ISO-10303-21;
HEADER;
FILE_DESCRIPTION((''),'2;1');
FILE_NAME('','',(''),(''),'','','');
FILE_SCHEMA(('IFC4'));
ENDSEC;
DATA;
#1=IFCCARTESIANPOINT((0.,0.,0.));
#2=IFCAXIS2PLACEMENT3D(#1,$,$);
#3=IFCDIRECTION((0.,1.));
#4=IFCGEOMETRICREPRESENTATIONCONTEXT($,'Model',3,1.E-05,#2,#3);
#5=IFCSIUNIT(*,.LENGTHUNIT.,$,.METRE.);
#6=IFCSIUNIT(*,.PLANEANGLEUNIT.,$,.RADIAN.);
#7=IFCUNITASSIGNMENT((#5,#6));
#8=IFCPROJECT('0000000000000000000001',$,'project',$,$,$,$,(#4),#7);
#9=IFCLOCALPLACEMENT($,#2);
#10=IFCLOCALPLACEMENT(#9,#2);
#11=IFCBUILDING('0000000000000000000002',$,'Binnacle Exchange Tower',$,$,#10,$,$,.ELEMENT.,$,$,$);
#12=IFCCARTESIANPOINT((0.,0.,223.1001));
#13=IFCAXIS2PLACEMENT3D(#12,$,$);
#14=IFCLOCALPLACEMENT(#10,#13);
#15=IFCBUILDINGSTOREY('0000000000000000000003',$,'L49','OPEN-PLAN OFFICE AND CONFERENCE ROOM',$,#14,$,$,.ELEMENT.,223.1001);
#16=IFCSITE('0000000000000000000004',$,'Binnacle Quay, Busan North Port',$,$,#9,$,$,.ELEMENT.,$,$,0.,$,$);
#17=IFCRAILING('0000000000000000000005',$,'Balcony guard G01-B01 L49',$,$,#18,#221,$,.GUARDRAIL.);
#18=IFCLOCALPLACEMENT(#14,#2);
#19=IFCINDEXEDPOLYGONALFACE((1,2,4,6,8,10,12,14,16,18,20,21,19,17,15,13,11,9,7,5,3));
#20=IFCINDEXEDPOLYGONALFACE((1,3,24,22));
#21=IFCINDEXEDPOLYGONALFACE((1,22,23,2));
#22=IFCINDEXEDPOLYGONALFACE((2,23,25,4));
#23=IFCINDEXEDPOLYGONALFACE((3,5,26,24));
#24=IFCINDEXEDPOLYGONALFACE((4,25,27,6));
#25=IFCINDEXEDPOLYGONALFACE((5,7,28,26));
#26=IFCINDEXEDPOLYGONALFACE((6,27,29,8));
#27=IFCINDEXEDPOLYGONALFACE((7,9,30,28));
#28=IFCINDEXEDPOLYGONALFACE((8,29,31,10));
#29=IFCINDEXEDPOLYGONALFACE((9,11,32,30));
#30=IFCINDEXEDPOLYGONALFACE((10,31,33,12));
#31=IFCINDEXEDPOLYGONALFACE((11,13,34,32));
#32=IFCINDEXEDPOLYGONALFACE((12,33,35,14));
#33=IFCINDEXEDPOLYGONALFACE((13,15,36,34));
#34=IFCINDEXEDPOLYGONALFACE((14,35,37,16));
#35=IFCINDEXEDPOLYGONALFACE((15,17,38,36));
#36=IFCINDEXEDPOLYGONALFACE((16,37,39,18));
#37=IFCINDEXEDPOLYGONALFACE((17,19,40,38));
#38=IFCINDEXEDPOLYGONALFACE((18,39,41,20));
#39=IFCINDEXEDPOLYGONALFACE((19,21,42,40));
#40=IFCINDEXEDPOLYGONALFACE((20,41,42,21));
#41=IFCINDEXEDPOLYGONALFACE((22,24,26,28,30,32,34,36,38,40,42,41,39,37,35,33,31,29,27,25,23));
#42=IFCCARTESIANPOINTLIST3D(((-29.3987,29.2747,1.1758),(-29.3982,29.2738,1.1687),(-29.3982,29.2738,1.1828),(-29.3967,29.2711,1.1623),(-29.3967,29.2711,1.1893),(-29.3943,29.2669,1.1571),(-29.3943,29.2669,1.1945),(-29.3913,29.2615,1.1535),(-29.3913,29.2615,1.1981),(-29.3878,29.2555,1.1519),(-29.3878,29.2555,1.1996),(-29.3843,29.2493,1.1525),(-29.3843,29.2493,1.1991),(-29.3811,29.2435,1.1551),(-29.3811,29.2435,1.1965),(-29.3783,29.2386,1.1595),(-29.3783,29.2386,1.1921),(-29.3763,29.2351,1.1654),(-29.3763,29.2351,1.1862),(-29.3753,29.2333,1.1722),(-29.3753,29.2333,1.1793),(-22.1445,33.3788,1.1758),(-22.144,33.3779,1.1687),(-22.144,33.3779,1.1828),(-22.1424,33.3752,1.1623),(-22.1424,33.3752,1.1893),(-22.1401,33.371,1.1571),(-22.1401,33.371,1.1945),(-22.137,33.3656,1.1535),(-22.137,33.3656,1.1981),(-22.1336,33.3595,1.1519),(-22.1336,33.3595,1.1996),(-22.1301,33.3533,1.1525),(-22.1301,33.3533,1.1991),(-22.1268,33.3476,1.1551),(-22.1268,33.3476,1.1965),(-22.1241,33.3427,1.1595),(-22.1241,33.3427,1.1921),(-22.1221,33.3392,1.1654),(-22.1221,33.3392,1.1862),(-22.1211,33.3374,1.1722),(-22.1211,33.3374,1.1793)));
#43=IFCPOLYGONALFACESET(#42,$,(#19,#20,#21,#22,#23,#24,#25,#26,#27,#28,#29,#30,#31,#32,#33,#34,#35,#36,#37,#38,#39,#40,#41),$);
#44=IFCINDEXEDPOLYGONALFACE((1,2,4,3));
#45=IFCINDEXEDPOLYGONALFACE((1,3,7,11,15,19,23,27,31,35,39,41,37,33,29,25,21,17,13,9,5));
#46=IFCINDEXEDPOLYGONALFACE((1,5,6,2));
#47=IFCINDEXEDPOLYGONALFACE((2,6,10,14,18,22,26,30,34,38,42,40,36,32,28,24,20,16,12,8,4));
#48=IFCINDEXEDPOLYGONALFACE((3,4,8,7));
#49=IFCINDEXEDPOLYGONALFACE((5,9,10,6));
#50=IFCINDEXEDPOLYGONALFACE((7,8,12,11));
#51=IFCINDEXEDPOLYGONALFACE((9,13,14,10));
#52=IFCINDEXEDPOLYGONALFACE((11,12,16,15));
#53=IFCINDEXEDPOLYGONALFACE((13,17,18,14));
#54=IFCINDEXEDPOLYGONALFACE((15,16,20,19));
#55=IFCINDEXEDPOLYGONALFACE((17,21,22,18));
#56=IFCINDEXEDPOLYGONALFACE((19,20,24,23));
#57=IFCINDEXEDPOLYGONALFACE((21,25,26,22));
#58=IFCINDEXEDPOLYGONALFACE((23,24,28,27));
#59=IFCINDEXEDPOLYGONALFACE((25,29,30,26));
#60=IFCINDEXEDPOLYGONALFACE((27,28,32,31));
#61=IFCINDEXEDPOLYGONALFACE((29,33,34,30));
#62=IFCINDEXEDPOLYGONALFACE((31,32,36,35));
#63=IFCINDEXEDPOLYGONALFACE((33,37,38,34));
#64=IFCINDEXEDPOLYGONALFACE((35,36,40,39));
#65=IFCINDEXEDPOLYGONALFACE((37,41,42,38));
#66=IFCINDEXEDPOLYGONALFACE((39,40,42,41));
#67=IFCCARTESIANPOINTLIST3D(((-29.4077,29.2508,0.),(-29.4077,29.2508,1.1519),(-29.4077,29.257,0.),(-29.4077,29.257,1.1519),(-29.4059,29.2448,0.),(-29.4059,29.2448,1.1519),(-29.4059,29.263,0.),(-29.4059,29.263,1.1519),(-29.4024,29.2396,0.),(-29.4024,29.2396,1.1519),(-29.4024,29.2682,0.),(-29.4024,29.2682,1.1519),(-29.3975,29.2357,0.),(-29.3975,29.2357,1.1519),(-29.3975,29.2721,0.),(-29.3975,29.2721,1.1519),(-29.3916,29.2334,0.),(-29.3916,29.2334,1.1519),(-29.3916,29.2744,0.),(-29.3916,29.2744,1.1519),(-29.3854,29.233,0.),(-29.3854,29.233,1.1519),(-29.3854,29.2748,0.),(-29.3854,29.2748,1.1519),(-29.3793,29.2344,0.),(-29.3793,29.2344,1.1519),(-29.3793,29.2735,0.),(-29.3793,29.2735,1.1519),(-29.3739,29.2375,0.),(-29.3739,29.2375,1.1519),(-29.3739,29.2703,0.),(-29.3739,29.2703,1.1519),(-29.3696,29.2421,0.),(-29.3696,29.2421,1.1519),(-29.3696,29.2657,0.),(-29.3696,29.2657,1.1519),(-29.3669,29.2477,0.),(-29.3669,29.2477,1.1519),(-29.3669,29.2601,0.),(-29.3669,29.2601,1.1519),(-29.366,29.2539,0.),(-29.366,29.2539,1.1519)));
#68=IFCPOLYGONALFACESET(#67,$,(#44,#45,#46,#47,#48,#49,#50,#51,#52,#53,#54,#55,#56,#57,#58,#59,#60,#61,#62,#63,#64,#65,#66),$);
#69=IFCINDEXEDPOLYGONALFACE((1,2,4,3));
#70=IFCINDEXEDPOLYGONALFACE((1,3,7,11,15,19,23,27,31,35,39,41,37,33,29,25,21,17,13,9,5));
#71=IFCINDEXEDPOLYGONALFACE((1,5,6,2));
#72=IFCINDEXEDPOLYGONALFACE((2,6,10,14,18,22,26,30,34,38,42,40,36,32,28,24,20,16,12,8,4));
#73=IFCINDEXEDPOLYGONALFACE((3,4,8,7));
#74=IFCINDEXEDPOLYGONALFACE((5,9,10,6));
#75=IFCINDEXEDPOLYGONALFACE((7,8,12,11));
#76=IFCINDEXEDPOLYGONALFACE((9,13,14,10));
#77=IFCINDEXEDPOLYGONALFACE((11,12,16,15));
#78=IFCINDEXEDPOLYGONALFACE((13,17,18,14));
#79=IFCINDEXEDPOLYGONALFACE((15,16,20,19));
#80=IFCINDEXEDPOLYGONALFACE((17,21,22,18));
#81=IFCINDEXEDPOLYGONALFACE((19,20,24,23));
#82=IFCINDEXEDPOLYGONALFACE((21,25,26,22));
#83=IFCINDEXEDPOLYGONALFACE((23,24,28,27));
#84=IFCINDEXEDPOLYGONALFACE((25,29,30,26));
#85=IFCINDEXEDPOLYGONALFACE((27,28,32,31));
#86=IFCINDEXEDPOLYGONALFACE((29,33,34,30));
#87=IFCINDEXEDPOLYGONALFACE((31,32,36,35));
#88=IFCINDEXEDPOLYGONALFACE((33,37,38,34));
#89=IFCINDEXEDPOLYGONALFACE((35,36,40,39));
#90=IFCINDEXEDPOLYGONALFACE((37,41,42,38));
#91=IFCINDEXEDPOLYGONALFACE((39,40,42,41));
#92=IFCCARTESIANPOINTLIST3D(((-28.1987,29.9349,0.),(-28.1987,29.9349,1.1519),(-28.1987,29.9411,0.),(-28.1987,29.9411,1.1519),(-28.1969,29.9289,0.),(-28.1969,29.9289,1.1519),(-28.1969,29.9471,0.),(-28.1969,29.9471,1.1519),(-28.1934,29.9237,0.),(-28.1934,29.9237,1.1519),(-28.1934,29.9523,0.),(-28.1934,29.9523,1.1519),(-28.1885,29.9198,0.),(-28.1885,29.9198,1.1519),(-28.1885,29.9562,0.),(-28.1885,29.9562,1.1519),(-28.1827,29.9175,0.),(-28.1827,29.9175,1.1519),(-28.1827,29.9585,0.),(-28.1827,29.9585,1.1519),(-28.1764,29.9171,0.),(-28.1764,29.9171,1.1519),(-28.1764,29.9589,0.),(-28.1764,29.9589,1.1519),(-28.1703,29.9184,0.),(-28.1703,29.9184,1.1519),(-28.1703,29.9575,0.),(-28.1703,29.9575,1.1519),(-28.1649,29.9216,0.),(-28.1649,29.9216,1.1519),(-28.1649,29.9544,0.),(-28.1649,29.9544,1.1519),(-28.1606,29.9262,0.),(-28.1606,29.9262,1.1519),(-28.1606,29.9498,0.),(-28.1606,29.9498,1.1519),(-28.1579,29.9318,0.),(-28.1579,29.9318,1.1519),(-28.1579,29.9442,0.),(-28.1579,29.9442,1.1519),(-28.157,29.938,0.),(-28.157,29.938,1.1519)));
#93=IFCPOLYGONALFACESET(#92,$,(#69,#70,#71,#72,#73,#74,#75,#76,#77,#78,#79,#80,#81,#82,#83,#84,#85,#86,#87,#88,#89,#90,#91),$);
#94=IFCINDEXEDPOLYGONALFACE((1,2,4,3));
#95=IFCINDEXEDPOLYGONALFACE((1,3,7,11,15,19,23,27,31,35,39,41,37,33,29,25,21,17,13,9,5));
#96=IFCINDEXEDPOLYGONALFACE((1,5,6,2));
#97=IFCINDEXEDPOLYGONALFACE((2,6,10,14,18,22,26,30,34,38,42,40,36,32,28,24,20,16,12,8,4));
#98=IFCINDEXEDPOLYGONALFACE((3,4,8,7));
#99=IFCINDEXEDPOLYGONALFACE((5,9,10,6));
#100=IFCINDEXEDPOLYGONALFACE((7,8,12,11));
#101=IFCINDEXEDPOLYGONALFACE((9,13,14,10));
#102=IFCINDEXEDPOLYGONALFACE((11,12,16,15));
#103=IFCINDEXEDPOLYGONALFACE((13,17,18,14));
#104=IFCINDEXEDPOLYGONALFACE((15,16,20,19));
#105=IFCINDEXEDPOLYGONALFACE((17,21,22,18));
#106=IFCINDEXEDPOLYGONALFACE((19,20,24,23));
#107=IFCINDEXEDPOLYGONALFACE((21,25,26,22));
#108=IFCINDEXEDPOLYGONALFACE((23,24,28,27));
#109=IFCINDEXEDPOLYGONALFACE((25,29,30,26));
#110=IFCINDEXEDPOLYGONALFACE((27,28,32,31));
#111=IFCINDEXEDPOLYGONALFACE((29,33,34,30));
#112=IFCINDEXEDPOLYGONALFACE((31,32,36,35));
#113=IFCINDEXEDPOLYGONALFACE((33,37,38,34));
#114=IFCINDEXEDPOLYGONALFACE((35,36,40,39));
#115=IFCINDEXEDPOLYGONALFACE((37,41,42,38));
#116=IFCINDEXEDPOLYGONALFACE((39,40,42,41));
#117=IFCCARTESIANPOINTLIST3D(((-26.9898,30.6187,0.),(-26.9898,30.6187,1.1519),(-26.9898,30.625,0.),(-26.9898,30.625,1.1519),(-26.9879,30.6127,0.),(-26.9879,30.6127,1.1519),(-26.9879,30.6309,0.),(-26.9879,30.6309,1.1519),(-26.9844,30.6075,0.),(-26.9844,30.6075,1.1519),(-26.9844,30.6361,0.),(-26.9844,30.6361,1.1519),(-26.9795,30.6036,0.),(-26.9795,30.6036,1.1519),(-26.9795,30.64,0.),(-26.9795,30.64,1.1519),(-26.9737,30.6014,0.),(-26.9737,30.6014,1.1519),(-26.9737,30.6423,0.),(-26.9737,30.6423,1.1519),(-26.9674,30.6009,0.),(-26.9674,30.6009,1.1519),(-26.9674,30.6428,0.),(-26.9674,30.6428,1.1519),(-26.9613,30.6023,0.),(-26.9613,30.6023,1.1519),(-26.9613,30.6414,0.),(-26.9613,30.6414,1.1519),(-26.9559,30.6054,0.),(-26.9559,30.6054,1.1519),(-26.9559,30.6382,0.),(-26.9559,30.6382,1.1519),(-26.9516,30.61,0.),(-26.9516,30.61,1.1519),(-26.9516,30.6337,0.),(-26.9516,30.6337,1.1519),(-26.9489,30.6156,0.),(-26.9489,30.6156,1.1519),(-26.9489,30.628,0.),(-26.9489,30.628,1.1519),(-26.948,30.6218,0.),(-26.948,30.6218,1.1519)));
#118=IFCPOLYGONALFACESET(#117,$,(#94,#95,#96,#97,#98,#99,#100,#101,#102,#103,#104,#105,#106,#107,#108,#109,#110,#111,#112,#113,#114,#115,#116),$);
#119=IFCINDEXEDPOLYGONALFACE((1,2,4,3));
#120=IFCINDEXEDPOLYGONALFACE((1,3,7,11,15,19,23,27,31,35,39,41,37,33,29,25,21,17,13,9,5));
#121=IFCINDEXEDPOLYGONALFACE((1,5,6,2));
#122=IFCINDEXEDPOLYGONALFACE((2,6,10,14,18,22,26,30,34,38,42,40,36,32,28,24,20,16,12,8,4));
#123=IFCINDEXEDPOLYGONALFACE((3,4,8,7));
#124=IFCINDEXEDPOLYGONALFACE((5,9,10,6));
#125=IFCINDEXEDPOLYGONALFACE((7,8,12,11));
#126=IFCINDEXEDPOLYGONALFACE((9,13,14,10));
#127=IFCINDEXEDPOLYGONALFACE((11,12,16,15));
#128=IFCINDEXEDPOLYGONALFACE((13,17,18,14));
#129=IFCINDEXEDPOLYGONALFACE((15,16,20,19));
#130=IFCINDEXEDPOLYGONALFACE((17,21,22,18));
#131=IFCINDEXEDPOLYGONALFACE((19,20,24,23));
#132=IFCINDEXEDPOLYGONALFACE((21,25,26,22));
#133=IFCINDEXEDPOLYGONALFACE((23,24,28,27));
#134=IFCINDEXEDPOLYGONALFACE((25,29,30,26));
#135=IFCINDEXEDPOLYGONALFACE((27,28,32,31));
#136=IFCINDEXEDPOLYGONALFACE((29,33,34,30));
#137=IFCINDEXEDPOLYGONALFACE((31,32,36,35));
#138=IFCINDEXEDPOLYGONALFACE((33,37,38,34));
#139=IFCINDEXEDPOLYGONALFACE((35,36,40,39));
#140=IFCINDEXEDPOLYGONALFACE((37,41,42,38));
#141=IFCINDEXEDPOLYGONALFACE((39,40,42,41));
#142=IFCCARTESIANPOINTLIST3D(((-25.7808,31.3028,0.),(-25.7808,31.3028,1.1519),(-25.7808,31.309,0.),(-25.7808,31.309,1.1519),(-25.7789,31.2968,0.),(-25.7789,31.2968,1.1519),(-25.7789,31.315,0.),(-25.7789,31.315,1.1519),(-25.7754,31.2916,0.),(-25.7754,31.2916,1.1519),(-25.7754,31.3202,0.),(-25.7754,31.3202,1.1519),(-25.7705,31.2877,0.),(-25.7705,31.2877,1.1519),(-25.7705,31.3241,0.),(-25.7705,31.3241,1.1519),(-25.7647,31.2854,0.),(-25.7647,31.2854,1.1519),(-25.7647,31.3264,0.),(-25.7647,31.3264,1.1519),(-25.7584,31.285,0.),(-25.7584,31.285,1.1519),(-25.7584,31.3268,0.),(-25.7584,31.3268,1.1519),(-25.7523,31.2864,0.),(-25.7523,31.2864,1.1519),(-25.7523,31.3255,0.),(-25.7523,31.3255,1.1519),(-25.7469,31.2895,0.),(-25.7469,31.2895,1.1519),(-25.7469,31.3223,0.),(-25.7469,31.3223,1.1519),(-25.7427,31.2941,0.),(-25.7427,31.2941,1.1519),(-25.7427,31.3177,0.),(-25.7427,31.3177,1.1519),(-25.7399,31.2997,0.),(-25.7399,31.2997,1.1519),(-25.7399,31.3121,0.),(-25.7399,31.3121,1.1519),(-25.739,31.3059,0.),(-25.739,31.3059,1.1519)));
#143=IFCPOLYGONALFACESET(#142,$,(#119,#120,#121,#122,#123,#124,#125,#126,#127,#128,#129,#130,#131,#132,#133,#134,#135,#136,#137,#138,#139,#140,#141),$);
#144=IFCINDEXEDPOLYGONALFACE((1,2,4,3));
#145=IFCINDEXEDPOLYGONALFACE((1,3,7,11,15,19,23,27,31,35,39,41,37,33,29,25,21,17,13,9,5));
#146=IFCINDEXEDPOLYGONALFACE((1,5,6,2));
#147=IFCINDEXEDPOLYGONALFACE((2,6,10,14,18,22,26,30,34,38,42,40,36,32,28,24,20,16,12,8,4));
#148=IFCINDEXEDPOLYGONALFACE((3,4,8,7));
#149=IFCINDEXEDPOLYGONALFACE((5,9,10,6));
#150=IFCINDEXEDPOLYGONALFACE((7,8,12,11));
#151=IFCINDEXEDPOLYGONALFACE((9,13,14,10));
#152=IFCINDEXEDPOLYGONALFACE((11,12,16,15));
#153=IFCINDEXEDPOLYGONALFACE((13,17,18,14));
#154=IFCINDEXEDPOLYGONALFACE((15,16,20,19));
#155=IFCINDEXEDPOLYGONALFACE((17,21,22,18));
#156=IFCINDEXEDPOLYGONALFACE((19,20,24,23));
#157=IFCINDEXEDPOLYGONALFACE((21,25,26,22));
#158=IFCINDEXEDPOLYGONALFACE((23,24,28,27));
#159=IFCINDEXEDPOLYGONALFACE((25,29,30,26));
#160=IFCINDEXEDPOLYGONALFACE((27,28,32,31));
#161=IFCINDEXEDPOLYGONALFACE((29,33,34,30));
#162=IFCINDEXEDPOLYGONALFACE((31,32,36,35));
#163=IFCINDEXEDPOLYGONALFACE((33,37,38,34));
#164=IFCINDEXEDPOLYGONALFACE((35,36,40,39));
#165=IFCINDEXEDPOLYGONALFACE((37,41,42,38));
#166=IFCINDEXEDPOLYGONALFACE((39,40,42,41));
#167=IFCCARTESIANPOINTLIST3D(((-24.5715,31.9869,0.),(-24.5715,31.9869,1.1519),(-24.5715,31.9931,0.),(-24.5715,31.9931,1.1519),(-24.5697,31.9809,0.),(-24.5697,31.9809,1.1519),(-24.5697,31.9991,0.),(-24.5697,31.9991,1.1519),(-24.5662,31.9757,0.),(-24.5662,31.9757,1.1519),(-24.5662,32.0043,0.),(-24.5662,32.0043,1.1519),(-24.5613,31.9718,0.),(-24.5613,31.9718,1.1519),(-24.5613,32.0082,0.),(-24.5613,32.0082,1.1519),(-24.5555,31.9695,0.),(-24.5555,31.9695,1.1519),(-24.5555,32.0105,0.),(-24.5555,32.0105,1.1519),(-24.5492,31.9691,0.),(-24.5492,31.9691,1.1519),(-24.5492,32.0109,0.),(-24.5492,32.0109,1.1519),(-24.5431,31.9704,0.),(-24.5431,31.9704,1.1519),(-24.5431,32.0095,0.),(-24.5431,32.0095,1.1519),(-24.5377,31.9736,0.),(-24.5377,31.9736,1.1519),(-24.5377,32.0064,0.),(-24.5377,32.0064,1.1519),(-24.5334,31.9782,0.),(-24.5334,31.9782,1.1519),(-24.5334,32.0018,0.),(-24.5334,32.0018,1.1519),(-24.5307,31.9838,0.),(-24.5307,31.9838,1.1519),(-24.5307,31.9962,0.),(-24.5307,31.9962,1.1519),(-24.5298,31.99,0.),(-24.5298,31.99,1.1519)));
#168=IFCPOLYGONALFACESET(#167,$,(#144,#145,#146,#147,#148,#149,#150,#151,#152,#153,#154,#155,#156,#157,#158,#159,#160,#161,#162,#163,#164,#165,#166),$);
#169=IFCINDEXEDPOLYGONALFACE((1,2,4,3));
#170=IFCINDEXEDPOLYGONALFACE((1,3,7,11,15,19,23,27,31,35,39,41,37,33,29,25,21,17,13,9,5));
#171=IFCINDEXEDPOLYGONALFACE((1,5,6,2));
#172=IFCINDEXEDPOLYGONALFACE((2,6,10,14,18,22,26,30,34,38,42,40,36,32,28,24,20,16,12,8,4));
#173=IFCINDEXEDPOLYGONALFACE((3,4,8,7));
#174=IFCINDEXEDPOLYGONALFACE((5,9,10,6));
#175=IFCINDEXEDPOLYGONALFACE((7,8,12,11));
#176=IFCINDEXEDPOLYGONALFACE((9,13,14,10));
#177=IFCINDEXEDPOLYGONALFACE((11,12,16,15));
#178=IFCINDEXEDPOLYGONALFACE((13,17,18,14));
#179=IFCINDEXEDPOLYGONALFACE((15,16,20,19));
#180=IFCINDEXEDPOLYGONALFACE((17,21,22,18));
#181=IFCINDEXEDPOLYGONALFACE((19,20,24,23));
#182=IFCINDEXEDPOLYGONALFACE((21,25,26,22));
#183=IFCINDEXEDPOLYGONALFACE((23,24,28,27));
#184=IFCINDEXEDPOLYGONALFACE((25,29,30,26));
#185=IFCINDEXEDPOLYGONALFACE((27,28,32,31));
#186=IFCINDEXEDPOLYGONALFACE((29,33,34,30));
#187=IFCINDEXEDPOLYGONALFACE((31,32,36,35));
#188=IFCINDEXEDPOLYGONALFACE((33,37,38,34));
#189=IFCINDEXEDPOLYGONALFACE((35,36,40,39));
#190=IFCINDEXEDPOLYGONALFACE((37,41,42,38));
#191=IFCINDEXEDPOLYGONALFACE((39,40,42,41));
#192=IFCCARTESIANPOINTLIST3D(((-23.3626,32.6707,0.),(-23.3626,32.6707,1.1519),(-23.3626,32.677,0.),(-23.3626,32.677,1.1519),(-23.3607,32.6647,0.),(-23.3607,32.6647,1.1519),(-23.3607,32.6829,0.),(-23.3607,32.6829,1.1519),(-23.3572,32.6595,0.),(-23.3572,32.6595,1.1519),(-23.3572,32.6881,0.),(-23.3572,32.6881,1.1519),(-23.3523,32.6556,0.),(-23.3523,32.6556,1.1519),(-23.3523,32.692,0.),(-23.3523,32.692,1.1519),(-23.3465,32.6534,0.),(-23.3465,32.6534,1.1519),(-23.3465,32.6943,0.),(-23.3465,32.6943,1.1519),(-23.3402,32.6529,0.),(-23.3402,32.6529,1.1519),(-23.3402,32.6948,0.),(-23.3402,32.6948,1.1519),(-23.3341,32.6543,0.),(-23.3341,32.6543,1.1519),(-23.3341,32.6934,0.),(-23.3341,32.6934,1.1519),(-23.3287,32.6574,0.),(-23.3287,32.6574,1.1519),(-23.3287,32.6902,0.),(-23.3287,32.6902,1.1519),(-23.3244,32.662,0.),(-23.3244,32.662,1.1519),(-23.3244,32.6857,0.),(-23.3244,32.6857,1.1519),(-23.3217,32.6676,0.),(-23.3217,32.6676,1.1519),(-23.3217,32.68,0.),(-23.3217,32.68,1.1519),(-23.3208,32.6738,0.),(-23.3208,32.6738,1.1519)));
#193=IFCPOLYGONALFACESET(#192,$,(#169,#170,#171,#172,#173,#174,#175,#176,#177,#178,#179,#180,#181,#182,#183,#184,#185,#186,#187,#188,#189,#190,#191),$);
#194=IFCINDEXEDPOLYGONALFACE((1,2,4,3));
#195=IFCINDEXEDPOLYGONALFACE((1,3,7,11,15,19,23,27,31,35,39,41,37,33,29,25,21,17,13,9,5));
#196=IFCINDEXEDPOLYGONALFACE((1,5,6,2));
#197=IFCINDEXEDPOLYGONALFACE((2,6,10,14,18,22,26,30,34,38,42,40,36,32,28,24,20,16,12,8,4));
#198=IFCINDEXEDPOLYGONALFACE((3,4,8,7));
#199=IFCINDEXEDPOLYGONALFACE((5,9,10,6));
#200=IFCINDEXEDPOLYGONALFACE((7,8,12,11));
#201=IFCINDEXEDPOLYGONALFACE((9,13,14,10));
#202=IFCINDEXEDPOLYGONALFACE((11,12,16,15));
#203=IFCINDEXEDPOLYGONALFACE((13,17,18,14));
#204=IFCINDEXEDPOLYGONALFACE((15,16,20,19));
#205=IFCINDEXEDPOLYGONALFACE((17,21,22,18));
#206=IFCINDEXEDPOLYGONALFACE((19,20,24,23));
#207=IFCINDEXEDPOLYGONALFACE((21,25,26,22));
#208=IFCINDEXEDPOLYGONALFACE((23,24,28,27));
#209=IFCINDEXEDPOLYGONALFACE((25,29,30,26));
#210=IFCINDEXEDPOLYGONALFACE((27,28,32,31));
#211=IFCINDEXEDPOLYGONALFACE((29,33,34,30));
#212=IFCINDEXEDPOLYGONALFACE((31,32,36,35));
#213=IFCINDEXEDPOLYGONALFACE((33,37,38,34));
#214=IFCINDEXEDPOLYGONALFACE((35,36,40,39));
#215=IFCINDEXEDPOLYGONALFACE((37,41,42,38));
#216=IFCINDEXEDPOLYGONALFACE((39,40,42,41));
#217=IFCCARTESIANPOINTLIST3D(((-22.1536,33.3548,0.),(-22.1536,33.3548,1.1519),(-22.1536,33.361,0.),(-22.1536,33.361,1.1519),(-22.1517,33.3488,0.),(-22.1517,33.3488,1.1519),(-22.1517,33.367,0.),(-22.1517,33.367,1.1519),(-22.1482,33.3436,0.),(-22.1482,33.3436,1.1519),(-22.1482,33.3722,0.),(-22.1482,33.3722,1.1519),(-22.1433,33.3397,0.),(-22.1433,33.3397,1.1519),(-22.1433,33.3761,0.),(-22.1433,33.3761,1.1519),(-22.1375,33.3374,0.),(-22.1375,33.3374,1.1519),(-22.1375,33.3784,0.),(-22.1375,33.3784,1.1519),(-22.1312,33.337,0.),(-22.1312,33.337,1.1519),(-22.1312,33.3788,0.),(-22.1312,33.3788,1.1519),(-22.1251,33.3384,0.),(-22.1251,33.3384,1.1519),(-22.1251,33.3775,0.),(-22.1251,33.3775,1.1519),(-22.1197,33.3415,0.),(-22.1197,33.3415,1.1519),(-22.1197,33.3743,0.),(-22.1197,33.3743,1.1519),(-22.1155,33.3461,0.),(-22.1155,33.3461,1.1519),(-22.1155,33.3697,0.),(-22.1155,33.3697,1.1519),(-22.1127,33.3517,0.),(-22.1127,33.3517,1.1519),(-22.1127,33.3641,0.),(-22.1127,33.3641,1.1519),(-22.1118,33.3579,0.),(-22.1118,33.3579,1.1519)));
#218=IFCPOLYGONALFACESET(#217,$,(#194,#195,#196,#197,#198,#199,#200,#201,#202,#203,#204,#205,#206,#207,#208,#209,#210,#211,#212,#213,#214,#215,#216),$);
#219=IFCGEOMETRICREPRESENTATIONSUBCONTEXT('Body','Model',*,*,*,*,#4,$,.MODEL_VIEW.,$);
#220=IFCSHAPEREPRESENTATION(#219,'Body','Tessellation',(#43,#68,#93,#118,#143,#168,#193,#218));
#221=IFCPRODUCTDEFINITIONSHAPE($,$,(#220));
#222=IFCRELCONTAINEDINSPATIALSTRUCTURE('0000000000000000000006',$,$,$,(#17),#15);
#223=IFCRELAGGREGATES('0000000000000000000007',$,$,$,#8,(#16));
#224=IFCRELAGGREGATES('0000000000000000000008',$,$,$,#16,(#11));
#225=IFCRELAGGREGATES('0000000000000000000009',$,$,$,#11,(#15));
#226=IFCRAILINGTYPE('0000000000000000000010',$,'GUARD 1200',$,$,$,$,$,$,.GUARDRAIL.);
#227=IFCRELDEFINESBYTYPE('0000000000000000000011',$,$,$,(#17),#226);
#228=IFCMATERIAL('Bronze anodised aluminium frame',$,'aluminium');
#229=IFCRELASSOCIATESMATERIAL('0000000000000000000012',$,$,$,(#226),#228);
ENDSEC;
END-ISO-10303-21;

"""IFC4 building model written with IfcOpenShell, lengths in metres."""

from ifc_helpers import new_model, si_unit, direction, frame, origin, origin_2d, place, context, subcontext, project, spatial, circle, extrude, material, type_object, element, save


model = new_model("IFC4")

# Units and contexts
model_context = context("Model", 3, precision=1e-05, world=origin(), true_north=direction((0.0, 1.0)))
body_context = subcontext(model_context, "Body", "Model", "MODEL_VIEW")
ifc_project = project(units=[si_unit("LENGTHUNIT", "METRE"), si_unit("PLANEANGLEUNIT", "RADIAN")], contexts=[model_context])

# Site, building, storey
site_placement = place(None, origin())
site = spatial("IfcSite", under=ifc_project, at=site_placement, Name="Binnacle Quay, Busan North Port", CompositionType="ELEMENT", RefElevation=0.0)
building_placement = place(site_placement, origin())
building = spatial("IfcBuilding", under=site, at=building_placement, Name="Binnacle Exchange Tower", CompositionType="ELEMENT")
storey_placement = place(building_placement, frame((0.0, 0.0, 223.1001)))
storey = spatial("IfcBuildingStorey", under=building, at=storey_placement, Name="L49", Description="OPEN-PLAN OFFICE AND CONFERENCE ROOM", CompositionType="ELEMENT", Elevation=223.1001)

# Railing
ifc_material_1 = material(Name="Bronze anodised aluminium frame", Category="aluminium")
railing_type_1 = type_object("IfcRailingType", Name="GUARD 1200", PredefinedType="GUARDRAIL", material=ifc_material_1)
railing_1_placement = place(storey_placement, frame((-29.387, 29.2539, 0.0)))
element("IfcRailing", 1, at=railing_1_placement, inside=storey, type_object=railing_type_1, Name="Balcony guard G01-B01 L49", PredefinedType="GUARDRAIL", context=body_context, shape_type="SweptSolid", body=[
    extrude(circle(Radius=0.0239, at=origin_2d()), frame((0.0, 0.0, 1.1758), z_axis=(0.870366, 0.492406, 0.0), x_axis=(-0.492406, 0.870366, 0.0)), (0.0, 0.0, 1.0), 8.3347),
    extrude(circle(Radius=0.021, at=origin_2d()), origin(), (0.0, 0.0, 1.0), 1.1519),
    extrude(circle(Radius=0.021, at=origin_2d()), frame((1.209, 0.6841, 0.0)), (0.0, 0.0, 1.0), 1.1519),
    extrude(circle(Radius=0.021, at=origin_2d()), frame((2.418, 1.3679, 0.0)), (0.0, 0.0, 1.0), 1.1519),
    extrude(circle(Radius=0.021, at=origin_2d()), frame((3.627, 2.052, 0.0)), (0.0, 0.0, 1.0), 1.1519),
    extrude(circle(Radius=0.021, at=origin_2d()), frame((4.8362, 2.7361, 0.0)), (0.0, 0.0, 1.0), 1.1519),
    extrude(circle(Radius=0.021, at=origin_2d()), frame((6.0452, 3.4199, 0.0)), (0.0, 0.0, 1.0), 1.1519),
    extrude(circle(Radius=0.021, at=origin_2d()), frame((7.2542, 4.104, 0.0)), (0.0, 0.0, 1.0), 1.1519),
])

save(model, "model.ifc")
